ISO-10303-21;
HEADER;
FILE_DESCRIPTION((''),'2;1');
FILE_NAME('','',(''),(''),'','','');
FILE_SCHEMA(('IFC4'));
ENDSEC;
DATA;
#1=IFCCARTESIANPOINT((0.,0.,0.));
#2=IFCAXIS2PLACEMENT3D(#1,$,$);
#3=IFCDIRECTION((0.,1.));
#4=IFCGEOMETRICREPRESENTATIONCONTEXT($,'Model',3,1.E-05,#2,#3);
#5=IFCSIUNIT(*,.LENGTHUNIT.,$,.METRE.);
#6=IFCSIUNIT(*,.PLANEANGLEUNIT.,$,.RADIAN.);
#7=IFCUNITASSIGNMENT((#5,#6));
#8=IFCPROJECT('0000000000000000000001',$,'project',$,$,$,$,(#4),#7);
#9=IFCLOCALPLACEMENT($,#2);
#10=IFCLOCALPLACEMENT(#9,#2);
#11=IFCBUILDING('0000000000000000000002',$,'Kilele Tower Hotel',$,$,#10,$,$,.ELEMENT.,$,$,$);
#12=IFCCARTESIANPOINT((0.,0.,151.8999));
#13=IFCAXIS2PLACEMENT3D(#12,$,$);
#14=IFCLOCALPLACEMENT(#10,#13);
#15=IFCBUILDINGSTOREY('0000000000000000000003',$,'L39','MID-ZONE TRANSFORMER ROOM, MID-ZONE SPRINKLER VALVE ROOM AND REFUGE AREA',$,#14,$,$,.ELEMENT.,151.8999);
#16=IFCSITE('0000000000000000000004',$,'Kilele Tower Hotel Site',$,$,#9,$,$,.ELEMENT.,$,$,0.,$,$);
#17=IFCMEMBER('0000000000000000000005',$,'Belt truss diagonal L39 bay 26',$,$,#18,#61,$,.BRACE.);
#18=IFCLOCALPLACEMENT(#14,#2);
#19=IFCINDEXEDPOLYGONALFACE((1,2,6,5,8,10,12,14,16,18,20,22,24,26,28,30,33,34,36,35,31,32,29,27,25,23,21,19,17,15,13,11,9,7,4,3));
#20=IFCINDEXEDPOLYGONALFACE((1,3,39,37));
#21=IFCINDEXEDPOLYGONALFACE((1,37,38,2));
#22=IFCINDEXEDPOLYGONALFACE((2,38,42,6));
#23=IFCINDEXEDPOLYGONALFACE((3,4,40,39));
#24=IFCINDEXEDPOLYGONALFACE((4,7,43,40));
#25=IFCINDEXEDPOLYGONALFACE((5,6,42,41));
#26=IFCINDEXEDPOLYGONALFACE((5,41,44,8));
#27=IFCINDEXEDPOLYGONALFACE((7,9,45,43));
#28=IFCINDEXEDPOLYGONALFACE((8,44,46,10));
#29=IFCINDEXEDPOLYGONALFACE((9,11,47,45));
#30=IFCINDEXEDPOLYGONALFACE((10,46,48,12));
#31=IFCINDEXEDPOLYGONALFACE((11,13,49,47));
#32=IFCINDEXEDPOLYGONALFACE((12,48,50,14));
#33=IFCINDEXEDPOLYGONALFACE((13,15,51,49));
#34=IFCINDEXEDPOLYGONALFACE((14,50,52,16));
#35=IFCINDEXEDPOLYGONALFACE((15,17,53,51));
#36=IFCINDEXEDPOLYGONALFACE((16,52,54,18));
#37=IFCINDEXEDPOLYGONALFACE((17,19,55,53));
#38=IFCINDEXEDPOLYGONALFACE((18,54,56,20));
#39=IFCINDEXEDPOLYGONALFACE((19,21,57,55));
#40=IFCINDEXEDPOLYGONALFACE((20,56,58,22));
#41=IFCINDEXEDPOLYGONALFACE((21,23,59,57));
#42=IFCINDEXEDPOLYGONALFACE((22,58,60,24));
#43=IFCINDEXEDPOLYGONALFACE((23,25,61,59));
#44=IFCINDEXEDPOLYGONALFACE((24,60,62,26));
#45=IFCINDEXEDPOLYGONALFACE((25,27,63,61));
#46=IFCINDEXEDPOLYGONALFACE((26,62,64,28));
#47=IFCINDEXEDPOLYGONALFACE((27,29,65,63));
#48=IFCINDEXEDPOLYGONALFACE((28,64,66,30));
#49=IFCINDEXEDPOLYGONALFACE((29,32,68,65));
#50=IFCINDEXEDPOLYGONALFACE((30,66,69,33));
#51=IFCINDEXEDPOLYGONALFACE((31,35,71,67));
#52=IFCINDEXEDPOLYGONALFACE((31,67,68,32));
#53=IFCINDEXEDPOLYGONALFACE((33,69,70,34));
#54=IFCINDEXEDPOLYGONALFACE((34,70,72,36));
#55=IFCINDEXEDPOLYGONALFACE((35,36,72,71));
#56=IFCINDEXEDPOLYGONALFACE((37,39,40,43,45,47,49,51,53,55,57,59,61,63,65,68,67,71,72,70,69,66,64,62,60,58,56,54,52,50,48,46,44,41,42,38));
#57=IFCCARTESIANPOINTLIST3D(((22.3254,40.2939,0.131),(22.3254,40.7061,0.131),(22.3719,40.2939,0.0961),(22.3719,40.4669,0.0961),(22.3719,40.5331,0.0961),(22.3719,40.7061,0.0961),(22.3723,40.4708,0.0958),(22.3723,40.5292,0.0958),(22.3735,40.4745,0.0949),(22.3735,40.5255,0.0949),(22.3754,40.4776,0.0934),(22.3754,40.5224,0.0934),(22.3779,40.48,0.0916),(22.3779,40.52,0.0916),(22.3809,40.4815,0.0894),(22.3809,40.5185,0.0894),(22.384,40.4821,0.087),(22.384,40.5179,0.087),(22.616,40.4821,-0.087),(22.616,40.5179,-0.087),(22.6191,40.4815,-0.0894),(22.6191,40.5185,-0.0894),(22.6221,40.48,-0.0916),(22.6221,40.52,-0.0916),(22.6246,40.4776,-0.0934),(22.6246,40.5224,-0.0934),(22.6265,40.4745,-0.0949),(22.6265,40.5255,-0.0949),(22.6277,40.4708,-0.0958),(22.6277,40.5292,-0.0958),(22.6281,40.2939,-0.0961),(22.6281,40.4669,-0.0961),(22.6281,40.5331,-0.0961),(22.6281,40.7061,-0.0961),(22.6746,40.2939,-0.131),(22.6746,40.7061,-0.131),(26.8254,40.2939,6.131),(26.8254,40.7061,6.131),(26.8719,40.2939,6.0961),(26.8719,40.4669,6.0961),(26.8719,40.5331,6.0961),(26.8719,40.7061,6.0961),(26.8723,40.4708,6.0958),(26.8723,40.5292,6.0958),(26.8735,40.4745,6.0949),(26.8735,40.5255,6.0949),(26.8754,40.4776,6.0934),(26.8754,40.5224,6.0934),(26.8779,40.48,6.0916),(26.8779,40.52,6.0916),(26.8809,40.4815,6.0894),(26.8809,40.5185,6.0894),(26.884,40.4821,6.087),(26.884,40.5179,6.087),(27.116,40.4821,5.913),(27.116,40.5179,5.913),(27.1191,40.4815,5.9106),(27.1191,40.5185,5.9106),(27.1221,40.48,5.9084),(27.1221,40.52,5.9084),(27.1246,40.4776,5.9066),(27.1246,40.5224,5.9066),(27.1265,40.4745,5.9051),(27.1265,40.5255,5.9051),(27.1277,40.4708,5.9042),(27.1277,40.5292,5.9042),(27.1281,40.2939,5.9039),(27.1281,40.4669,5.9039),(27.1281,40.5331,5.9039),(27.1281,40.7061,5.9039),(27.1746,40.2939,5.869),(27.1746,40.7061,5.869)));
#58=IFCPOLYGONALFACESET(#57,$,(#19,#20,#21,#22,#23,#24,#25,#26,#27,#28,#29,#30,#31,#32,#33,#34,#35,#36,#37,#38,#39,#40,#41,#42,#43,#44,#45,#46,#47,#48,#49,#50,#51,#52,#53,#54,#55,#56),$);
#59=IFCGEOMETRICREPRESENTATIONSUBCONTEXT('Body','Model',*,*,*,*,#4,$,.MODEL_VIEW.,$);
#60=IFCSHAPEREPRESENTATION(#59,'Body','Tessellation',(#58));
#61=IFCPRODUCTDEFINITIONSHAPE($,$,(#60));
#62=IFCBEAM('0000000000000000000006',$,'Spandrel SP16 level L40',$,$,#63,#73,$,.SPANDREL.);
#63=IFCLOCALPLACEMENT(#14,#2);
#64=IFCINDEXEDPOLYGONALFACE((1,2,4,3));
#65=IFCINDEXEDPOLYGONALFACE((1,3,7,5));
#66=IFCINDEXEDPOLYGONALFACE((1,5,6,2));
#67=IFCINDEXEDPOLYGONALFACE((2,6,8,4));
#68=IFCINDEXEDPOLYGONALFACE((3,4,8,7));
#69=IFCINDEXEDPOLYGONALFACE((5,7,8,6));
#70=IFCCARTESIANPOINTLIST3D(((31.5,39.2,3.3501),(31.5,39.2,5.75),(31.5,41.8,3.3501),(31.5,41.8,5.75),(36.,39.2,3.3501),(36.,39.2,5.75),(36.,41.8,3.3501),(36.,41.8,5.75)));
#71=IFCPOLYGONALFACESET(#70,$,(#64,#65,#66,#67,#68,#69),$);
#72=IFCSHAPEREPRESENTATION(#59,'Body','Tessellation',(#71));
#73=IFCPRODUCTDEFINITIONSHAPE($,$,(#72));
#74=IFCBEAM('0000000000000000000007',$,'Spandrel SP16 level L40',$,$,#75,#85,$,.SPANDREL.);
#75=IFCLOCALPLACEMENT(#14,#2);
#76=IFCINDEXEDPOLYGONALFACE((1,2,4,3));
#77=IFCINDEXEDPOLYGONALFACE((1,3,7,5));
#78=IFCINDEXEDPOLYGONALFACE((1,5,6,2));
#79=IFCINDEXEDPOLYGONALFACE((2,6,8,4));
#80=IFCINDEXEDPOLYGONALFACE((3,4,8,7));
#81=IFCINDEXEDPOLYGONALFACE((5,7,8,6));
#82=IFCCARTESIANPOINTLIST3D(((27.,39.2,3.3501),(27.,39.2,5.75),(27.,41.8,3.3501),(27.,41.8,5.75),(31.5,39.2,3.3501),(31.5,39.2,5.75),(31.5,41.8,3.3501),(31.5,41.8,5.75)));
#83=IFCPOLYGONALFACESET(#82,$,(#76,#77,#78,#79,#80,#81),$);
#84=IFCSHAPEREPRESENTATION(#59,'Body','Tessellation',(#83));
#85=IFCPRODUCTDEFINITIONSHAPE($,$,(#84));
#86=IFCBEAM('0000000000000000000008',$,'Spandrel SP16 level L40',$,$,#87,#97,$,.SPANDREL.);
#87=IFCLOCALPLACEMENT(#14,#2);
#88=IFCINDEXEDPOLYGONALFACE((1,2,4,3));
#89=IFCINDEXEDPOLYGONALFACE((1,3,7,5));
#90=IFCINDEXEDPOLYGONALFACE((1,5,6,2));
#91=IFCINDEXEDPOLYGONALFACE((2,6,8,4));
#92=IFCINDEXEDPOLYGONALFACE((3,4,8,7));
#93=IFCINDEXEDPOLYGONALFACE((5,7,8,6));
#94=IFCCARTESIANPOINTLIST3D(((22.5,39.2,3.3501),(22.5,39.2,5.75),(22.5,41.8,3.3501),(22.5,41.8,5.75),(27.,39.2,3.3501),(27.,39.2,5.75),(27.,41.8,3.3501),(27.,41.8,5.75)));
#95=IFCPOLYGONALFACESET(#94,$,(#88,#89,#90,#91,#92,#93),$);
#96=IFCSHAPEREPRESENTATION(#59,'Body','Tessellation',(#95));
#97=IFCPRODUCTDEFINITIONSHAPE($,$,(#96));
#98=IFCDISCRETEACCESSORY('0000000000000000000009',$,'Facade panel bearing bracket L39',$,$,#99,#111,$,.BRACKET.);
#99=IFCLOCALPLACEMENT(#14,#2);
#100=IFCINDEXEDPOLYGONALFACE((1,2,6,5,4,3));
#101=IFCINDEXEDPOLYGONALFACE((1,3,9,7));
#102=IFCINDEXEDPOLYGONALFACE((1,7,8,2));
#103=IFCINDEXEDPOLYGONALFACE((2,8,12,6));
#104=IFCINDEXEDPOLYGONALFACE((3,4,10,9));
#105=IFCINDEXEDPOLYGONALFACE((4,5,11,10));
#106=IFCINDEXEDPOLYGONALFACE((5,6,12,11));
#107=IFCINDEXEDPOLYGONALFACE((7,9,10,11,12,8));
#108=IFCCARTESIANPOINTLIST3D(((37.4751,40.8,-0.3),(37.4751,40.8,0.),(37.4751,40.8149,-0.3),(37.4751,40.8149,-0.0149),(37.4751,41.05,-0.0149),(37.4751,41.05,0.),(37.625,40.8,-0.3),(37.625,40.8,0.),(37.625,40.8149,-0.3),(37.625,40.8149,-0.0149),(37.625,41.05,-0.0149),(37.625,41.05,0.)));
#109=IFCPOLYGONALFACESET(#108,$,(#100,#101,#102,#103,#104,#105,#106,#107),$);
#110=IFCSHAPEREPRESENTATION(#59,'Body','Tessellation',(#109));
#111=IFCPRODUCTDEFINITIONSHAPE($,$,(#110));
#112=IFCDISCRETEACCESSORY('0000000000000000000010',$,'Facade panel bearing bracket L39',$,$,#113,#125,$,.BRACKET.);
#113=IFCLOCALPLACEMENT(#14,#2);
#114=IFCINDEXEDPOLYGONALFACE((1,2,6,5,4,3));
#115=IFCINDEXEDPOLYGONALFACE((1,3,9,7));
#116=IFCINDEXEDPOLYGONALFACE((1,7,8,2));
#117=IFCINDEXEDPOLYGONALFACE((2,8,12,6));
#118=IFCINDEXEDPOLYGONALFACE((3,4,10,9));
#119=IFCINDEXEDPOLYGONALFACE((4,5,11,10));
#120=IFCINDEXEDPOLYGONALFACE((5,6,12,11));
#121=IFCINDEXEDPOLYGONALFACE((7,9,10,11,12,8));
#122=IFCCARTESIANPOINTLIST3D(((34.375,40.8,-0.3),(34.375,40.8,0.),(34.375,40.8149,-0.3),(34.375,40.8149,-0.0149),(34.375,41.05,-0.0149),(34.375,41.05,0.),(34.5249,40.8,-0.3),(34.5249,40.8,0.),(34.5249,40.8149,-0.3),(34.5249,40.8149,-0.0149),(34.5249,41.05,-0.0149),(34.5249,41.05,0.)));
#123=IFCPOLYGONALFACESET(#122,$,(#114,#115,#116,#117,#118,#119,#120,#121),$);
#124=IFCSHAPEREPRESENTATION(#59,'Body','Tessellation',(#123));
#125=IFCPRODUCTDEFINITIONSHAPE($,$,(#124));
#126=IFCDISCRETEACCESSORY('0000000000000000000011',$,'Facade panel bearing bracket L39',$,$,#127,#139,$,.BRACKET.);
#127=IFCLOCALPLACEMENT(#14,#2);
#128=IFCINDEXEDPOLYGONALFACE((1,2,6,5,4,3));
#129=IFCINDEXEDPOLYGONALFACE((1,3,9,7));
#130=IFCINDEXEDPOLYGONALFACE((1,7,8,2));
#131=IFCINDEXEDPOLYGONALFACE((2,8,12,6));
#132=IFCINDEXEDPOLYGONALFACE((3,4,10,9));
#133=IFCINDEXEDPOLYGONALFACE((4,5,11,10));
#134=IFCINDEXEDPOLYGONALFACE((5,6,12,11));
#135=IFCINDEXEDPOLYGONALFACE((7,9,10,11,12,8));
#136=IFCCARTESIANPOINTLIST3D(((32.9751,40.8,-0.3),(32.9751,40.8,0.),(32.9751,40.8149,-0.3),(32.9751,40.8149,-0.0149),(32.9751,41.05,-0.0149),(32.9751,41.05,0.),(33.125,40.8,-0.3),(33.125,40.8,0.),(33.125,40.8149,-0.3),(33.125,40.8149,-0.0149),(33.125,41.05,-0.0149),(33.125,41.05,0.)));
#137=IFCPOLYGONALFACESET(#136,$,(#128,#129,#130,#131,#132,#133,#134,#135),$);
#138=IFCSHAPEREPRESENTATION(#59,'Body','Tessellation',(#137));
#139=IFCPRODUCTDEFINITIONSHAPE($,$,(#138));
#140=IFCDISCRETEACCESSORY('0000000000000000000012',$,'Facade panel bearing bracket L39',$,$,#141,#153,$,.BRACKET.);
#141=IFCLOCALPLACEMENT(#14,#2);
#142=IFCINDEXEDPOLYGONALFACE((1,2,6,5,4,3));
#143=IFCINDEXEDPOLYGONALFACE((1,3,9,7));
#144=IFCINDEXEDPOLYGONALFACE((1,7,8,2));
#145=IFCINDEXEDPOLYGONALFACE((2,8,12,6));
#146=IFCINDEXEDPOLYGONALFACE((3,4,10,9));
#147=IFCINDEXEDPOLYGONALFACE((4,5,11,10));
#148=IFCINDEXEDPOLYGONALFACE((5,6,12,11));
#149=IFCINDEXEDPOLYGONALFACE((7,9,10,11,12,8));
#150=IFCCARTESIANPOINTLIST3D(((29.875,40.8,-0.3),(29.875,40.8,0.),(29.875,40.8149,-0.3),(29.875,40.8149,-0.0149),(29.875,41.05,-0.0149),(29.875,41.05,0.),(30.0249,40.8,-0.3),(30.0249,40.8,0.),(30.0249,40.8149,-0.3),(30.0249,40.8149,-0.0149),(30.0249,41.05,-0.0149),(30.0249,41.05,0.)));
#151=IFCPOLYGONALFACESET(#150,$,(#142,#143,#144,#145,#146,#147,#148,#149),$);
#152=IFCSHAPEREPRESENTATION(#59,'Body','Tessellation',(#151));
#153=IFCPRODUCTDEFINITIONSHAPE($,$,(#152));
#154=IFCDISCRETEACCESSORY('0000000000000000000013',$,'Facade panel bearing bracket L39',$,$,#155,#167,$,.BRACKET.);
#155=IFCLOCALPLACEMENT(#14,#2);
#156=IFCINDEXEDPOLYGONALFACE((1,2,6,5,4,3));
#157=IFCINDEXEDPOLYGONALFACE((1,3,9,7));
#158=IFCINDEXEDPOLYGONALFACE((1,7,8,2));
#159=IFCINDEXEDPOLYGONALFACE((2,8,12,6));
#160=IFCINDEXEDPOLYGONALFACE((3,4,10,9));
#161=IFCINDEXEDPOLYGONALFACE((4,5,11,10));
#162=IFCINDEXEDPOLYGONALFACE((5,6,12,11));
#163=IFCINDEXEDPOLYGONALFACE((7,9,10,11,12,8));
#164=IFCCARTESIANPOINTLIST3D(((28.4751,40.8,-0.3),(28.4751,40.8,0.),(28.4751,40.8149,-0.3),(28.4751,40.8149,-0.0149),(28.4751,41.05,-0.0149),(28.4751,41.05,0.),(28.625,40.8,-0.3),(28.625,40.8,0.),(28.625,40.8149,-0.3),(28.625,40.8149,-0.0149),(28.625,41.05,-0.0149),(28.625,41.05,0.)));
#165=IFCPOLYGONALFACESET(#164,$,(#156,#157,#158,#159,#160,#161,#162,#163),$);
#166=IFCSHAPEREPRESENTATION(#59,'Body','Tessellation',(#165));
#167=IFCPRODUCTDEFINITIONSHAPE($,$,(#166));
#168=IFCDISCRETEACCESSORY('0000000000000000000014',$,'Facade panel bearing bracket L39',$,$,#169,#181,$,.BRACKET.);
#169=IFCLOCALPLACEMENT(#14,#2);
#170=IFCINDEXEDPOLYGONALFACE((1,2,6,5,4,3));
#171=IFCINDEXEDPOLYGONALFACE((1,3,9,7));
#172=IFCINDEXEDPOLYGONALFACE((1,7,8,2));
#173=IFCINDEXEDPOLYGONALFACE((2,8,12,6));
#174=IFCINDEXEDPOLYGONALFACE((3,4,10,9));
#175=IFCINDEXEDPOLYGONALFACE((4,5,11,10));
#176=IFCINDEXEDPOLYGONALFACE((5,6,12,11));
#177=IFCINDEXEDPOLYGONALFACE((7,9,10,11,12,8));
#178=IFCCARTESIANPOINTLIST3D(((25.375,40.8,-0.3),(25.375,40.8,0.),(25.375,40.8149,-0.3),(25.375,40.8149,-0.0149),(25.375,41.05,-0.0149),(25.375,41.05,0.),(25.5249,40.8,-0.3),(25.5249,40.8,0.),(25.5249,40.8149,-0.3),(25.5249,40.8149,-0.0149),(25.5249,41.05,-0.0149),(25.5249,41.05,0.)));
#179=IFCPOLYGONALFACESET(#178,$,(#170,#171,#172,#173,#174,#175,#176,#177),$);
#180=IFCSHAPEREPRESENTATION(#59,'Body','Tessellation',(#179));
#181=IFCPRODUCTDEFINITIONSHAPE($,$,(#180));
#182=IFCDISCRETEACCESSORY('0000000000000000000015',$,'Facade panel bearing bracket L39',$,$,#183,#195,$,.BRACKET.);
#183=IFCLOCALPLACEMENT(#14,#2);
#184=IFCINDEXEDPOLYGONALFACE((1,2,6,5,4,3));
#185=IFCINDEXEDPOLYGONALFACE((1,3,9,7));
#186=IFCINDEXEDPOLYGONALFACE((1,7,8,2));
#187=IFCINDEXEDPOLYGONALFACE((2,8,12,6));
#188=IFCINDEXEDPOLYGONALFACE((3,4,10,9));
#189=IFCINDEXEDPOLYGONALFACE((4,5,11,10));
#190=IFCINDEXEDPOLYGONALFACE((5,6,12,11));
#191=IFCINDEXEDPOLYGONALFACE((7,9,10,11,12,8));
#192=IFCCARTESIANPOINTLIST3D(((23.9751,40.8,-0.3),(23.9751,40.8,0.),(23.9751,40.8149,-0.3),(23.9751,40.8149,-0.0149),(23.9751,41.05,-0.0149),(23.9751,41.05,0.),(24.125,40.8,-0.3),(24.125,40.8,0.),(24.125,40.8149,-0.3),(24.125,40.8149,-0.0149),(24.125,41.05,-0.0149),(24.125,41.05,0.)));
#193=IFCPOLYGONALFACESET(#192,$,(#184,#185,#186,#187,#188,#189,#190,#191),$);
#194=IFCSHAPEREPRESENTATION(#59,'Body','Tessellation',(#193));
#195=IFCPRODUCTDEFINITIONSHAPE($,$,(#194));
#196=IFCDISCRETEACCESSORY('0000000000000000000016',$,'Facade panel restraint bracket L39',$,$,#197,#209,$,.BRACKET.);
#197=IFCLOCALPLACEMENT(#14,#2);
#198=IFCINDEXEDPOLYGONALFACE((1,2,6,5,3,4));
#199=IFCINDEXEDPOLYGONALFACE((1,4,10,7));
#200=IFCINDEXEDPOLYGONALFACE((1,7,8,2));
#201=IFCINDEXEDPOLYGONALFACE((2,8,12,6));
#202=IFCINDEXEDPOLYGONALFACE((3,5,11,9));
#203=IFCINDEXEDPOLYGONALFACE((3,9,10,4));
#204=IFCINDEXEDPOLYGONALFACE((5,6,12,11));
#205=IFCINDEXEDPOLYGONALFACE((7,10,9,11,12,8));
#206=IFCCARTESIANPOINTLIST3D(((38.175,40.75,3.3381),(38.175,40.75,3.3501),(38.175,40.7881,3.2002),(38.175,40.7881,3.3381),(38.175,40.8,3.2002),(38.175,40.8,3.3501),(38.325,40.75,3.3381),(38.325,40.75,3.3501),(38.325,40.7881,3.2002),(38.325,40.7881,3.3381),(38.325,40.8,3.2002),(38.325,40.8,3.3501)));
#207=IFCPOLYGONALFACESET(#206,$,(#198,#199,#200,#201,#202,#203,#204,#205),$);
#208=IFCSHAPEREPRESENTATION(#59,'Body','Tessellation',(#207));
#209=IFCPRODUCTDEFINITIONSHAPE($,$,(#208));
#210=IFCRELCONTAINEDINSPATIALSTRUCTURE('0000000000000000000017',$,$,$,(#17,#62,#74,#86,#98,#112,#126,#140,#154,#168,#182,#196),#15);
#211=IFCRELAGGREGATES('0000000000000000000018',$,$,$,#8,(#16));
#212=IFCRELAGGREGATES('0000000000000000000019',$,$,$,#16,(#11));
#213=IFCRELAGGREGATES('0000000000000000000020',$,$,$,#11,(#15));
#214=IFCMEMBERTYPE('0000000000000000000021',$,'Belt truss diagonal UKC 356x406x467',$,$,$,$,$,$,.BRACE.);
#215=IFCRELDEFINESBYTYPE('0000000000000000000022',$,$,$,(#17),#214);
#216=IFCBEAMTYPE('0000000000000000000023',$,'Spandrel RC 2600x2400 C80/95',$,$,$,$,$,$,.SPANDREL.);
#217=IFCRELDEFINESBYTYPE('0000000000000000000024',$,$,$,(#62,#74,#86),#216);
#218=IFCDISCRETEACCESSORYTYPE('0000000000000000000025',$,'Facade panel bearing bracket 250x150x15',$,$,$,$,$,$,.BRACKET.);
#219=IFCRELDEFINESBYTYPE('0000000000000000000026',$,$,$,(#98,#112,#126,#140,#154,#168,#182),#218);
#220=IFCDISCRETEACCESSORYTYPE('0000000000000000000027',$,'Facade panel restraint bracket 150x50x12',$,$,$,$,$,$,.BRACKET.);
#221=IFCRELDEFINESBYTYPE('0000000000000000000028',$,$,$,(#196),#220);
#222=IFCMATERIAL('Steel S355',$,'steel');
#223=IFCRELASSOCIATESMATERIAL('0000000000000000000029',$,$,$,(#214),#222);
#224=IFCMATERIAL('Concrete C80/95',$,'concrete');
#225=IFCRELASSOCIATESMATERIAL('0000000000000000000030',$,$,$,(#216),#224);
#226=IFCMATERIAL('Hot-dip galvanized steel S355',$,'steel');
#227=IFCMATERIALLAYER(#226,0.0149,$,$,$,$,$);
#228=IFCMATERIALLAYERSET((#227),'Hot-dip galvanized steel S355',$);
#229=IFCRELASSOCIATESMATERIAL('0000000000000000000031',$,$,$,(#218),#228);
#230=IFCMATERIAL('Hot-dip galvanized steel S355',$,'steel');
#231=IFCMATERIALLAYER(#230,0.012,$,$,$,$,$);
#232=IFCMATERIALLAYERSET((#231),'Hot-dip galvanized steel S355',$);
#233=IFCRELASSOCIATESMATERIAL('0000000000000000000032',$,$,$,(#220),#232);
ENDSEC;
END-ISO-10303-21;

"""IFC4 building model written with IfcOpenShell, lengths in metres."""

from ifc_helpers import new_model, si_unit, direction, frame, origin, origin_2d, place, context, subcontext, project, spatial, polyline, rectangle, i_section, outline, extrude, source, transform, mapped, material, layer, layer_set, material_profile, profile_set, type_object, element, save


model = new_model("IFC4")

# Units and contexts
model_context = context("Model", 3, precision=1e-05, world=origin(), true_north=direction((0.0, 1.0)))
body_context = subcontext(model_context, "Body", "Model", "MODEL_VIEW")
ifc_project = project(units=[si_unit("LENGTHUNIT", "METRE"), si_unit("PLANEANGLEUNIT", "RADIAN")], contexts=[model_context])

# Site, building, storey
site_placement = place(None, origin())
site = spatial("IfcSite", under=ifc_project, at=site_placement, Name="Kilele Tower Hotel Site", CompositionType="ELEMENT", RefElevation=0.0)
building_placement = place(site_placement, origin())
building = spatial("IfcBuilding", under=site, at=building_placement, Name="Kilele Tower Hotel", CompositionType="ELEMENT")
storey_placement = place(building_placement, frame((0.0, 0.0, 151.8999)))
storey = spatial("IfcBuildingStorey", under=building, at=storey_placement, Name="L39", Description="MID-ZONE TRANSFORMER ROOM, MID-ZONE SPRINKLER VALVE ROOM AND REFUGE AREA", CompositionType="ELEMENT", Elevation=151.8999)

# Member
ifc_material_1 = material(Name="Steel S355", Category="steel")
ifc_material_profile_1 = material_profile(ifc_material_1, i_section(OverallWidth=0.4121, OverallDepth=0.4365, WebThickness=0.0359, FlangeThickness=0.0581, FilletRadius=0.0151, at=origin_2d()))
ifc_profile_set_1 = profile_set([ifc_material_profile_1], Name="Steel S355")
member_type = type_object("IfcMemberType", Name="Belt truss diagonal UKC 356x406x467", PredefinedType="BRACE", material=ifc_profile_set_1)
for number, where, z_axis, x_axis, name in (
    (1, (27.0, 40.5, 6.0), (-0.6, 0.0, -0.8), (0.0, -1.0, 0.0), "Belt truss diagonal L39 bay 26"),
):
    element("IfcMember", number, at=place(storey_placement, frame(where, z_axis=z_axis, x_axis=x_axis)), inside=storey, type_object=member_type, Name=name, PredefinedType="BRACE", context=body_context, shape_type="SweptSolid", body=[
        extrude(i_section(OverallWidth=0.4121, OverallDepth=0.4365, WebThickness=0.0359, FlangeThickness=0.0581, FilletRadius=0.0151, at=origin_2d()), origin(), (0.0, 0.0, 1.0), 7.5),
    ])

# Beams
ifc_material_2 = material(Name="Concrete C80/95", Category="concrete")
ifc_material_profile_2 = material_profile(ifc_material_2, rectangle(XDim=2.6001, YDim=2.3999, at=origin_2d()))
ifc_profile_set_2 = profile_set([ifc_material_profile_2], Name="Concrete C80/95")
beam_type_1 = type_object("IfcBeamType", Name="Spandrel RC 2600x2400 C80/95", PredefinedType="SPANDREL", material=ifc_profile_set_2)
for number, where, z_axis, x_axis, name in (
    (2, (36.0, 40.5, 4.55), (-1.0, 0.0, 0.0), (0.0, -1.0, 0.0), "Spandrel SP16 level L40"),
    (3, (31.5, 40.5, 4.55), (-1.0, 0.0, 0.0), (0.0, -1.0, 0.0), "Spandrel SP16 level L40"),
    (4, (27.0, 40.5, 4.55), (-1.0, 0.0, 0.0), (0.0, -1.0, 0.0), "Spandrel SP16 level L40"),
):
    element("IfcBeam", number, at=place(storey_placement, frame(where, z_axis=z_axis, x_axis=x_axis)), inside=storey, type_object=beam_type_1, Name=name, PredefinedType="SPANDREL", context=body_context, shape_type="SweptSolid", body=[
        extrude(rectangle(XDim=2.6001, YDim=2.3999, at=origin_2d()), origin(), (0.0, 0.0, 1.0), 4.5),
    ])

# Discrete accessories
ifc_material_3 = material(Name="Hot-dip galvanized steel S355", Category="steel")
ifc_layer_1 = layer(ifc_material_3, 0.0149)
ifc_layer_set_1 = layer_set([ifc_layer_1], Name="Hot-dip galvanized steel S355")
discrete_accessory_type_1 = type_object("IfcDiscreteAccessoryType", Name="Facade panel bearing bracket 250x150x15", PredefinedType="BRACKET", material=ifc_layer_set_1)
shared_shape_1 = source(origin(), body_context, "Body", "SweptSolid", [
    extrude(outline(polyline([(0.0, 0.0), (0.25, 0.0), (0.25, -0.0149), (0.0149, -0.0149), (0.0149, -0.3), (0.0, -0.3), (0.0, 0.0)])), origin(), (0.0, 0.0, 1.0), 0.1499),
])
for number, where, z_axis, x_axis, name in (
    (5, (37.4751, 40.8, 0.0), (1.0, 0.0, 0.0), (0.0, 1.0, 0.0), "Facade panel bearing bracket L39"),
    (6, (34.375, 40.8, 0.0), (1.0, 0.0, 0.0), (0.0, 1.0, 0.0), "Facade panel bearing bracket L39"),
    (7, (32.9751, 40.8, 0.0), (1.0, 0.0, 0.0), (0.0, 1.0, 0.0), "Facade panel bearing bracket L39"),
    (8, (29.875, 40.8, 0.0), (1.0, 0.0, 0.0), (0.0, 1.0, 0.0), "Facade panel bearing bracket L39"),
    (9, (28.4751, 40.8, 0.0), (1.0, 0.0, 0.0), (0.0, 1.0, 0.0), "Facade panel bearing bracket L39"),
    (10, (25.375, 40.8, 0.0), (1.0, 0.0, 0.0), (0.0, 1.0, 0.0), "Facade panel bearing bracket L39"),
    (11, (23.9751, 40.8, 0.0), (1.0, 0.0, 0.0), (0.0, 1.0, 0.0), "Facade panel bearing bracket L39"),
):
    element("IfcDiscreteAccessory", number, at=place(storey_placement, frame(where, z_axis=z_axis, x_axis=x_axis)), inside=storey, type_object=discrete_accessory_type_1, Name=name, PredefinedType="BRACKET", context=body_context, shape_type="MappedRepresentation", body=[
        mapped(shared_shape_1, transform((0.0, 0.0, 0.0))),
    ])
ifc_material_4 = material(Name="Hot-dip galvanized steel S355", Category="steel")
ifc_layer_2 = layer(ifc_material_4, 0.012)
ifc_layer_set_2 = layer_set([ifc_layer_2], Name="Hot-dip galvanized steel S355")
discrete_accessory_type_2 = type_object("IfcDiscreteAccessoryType", Name="Facade panel restraint bracket 150x50x12", PredefinedType="BRACKET", material=ifc_layer_set_2)
shared_shape_2 = source(origin(), body_context, "Body", "SweptSolid", [
    extrude(outline(polyline([(0.0, 0.0), (0.0, -0.1499), (-0.012, -0.1499), (-0.012, -0.012), (-0.05, -0.012), (-0.05, 0.0), (0.0, 0.0)])), origin(), (0.0, 0.0, 1.0), 0.1499),
])
for number, where, z_axis, x_axis, name in (
    (12, (38.175, 40.8, 3.3501), (1.0, 0.0, 0.0), (0.0, 1.0, 0.0), "Facade panel restraint bracket L39"),
):
    element("IfcDiscreteAccessory", number, at=place(storey_placement, frame(where, z_axis=z_axis, x_axis=x_axis)), inside=storey, type_object=discrete_accessory_type_2, Name=name, PredefinedType="BRACKET", context=body_context, shape_type="MappedRepresentation", body=[
        mapped(shared_shape_2, transform((0.0, 0.0, 0.0))),
    ])

save(model, "model.ifc")
